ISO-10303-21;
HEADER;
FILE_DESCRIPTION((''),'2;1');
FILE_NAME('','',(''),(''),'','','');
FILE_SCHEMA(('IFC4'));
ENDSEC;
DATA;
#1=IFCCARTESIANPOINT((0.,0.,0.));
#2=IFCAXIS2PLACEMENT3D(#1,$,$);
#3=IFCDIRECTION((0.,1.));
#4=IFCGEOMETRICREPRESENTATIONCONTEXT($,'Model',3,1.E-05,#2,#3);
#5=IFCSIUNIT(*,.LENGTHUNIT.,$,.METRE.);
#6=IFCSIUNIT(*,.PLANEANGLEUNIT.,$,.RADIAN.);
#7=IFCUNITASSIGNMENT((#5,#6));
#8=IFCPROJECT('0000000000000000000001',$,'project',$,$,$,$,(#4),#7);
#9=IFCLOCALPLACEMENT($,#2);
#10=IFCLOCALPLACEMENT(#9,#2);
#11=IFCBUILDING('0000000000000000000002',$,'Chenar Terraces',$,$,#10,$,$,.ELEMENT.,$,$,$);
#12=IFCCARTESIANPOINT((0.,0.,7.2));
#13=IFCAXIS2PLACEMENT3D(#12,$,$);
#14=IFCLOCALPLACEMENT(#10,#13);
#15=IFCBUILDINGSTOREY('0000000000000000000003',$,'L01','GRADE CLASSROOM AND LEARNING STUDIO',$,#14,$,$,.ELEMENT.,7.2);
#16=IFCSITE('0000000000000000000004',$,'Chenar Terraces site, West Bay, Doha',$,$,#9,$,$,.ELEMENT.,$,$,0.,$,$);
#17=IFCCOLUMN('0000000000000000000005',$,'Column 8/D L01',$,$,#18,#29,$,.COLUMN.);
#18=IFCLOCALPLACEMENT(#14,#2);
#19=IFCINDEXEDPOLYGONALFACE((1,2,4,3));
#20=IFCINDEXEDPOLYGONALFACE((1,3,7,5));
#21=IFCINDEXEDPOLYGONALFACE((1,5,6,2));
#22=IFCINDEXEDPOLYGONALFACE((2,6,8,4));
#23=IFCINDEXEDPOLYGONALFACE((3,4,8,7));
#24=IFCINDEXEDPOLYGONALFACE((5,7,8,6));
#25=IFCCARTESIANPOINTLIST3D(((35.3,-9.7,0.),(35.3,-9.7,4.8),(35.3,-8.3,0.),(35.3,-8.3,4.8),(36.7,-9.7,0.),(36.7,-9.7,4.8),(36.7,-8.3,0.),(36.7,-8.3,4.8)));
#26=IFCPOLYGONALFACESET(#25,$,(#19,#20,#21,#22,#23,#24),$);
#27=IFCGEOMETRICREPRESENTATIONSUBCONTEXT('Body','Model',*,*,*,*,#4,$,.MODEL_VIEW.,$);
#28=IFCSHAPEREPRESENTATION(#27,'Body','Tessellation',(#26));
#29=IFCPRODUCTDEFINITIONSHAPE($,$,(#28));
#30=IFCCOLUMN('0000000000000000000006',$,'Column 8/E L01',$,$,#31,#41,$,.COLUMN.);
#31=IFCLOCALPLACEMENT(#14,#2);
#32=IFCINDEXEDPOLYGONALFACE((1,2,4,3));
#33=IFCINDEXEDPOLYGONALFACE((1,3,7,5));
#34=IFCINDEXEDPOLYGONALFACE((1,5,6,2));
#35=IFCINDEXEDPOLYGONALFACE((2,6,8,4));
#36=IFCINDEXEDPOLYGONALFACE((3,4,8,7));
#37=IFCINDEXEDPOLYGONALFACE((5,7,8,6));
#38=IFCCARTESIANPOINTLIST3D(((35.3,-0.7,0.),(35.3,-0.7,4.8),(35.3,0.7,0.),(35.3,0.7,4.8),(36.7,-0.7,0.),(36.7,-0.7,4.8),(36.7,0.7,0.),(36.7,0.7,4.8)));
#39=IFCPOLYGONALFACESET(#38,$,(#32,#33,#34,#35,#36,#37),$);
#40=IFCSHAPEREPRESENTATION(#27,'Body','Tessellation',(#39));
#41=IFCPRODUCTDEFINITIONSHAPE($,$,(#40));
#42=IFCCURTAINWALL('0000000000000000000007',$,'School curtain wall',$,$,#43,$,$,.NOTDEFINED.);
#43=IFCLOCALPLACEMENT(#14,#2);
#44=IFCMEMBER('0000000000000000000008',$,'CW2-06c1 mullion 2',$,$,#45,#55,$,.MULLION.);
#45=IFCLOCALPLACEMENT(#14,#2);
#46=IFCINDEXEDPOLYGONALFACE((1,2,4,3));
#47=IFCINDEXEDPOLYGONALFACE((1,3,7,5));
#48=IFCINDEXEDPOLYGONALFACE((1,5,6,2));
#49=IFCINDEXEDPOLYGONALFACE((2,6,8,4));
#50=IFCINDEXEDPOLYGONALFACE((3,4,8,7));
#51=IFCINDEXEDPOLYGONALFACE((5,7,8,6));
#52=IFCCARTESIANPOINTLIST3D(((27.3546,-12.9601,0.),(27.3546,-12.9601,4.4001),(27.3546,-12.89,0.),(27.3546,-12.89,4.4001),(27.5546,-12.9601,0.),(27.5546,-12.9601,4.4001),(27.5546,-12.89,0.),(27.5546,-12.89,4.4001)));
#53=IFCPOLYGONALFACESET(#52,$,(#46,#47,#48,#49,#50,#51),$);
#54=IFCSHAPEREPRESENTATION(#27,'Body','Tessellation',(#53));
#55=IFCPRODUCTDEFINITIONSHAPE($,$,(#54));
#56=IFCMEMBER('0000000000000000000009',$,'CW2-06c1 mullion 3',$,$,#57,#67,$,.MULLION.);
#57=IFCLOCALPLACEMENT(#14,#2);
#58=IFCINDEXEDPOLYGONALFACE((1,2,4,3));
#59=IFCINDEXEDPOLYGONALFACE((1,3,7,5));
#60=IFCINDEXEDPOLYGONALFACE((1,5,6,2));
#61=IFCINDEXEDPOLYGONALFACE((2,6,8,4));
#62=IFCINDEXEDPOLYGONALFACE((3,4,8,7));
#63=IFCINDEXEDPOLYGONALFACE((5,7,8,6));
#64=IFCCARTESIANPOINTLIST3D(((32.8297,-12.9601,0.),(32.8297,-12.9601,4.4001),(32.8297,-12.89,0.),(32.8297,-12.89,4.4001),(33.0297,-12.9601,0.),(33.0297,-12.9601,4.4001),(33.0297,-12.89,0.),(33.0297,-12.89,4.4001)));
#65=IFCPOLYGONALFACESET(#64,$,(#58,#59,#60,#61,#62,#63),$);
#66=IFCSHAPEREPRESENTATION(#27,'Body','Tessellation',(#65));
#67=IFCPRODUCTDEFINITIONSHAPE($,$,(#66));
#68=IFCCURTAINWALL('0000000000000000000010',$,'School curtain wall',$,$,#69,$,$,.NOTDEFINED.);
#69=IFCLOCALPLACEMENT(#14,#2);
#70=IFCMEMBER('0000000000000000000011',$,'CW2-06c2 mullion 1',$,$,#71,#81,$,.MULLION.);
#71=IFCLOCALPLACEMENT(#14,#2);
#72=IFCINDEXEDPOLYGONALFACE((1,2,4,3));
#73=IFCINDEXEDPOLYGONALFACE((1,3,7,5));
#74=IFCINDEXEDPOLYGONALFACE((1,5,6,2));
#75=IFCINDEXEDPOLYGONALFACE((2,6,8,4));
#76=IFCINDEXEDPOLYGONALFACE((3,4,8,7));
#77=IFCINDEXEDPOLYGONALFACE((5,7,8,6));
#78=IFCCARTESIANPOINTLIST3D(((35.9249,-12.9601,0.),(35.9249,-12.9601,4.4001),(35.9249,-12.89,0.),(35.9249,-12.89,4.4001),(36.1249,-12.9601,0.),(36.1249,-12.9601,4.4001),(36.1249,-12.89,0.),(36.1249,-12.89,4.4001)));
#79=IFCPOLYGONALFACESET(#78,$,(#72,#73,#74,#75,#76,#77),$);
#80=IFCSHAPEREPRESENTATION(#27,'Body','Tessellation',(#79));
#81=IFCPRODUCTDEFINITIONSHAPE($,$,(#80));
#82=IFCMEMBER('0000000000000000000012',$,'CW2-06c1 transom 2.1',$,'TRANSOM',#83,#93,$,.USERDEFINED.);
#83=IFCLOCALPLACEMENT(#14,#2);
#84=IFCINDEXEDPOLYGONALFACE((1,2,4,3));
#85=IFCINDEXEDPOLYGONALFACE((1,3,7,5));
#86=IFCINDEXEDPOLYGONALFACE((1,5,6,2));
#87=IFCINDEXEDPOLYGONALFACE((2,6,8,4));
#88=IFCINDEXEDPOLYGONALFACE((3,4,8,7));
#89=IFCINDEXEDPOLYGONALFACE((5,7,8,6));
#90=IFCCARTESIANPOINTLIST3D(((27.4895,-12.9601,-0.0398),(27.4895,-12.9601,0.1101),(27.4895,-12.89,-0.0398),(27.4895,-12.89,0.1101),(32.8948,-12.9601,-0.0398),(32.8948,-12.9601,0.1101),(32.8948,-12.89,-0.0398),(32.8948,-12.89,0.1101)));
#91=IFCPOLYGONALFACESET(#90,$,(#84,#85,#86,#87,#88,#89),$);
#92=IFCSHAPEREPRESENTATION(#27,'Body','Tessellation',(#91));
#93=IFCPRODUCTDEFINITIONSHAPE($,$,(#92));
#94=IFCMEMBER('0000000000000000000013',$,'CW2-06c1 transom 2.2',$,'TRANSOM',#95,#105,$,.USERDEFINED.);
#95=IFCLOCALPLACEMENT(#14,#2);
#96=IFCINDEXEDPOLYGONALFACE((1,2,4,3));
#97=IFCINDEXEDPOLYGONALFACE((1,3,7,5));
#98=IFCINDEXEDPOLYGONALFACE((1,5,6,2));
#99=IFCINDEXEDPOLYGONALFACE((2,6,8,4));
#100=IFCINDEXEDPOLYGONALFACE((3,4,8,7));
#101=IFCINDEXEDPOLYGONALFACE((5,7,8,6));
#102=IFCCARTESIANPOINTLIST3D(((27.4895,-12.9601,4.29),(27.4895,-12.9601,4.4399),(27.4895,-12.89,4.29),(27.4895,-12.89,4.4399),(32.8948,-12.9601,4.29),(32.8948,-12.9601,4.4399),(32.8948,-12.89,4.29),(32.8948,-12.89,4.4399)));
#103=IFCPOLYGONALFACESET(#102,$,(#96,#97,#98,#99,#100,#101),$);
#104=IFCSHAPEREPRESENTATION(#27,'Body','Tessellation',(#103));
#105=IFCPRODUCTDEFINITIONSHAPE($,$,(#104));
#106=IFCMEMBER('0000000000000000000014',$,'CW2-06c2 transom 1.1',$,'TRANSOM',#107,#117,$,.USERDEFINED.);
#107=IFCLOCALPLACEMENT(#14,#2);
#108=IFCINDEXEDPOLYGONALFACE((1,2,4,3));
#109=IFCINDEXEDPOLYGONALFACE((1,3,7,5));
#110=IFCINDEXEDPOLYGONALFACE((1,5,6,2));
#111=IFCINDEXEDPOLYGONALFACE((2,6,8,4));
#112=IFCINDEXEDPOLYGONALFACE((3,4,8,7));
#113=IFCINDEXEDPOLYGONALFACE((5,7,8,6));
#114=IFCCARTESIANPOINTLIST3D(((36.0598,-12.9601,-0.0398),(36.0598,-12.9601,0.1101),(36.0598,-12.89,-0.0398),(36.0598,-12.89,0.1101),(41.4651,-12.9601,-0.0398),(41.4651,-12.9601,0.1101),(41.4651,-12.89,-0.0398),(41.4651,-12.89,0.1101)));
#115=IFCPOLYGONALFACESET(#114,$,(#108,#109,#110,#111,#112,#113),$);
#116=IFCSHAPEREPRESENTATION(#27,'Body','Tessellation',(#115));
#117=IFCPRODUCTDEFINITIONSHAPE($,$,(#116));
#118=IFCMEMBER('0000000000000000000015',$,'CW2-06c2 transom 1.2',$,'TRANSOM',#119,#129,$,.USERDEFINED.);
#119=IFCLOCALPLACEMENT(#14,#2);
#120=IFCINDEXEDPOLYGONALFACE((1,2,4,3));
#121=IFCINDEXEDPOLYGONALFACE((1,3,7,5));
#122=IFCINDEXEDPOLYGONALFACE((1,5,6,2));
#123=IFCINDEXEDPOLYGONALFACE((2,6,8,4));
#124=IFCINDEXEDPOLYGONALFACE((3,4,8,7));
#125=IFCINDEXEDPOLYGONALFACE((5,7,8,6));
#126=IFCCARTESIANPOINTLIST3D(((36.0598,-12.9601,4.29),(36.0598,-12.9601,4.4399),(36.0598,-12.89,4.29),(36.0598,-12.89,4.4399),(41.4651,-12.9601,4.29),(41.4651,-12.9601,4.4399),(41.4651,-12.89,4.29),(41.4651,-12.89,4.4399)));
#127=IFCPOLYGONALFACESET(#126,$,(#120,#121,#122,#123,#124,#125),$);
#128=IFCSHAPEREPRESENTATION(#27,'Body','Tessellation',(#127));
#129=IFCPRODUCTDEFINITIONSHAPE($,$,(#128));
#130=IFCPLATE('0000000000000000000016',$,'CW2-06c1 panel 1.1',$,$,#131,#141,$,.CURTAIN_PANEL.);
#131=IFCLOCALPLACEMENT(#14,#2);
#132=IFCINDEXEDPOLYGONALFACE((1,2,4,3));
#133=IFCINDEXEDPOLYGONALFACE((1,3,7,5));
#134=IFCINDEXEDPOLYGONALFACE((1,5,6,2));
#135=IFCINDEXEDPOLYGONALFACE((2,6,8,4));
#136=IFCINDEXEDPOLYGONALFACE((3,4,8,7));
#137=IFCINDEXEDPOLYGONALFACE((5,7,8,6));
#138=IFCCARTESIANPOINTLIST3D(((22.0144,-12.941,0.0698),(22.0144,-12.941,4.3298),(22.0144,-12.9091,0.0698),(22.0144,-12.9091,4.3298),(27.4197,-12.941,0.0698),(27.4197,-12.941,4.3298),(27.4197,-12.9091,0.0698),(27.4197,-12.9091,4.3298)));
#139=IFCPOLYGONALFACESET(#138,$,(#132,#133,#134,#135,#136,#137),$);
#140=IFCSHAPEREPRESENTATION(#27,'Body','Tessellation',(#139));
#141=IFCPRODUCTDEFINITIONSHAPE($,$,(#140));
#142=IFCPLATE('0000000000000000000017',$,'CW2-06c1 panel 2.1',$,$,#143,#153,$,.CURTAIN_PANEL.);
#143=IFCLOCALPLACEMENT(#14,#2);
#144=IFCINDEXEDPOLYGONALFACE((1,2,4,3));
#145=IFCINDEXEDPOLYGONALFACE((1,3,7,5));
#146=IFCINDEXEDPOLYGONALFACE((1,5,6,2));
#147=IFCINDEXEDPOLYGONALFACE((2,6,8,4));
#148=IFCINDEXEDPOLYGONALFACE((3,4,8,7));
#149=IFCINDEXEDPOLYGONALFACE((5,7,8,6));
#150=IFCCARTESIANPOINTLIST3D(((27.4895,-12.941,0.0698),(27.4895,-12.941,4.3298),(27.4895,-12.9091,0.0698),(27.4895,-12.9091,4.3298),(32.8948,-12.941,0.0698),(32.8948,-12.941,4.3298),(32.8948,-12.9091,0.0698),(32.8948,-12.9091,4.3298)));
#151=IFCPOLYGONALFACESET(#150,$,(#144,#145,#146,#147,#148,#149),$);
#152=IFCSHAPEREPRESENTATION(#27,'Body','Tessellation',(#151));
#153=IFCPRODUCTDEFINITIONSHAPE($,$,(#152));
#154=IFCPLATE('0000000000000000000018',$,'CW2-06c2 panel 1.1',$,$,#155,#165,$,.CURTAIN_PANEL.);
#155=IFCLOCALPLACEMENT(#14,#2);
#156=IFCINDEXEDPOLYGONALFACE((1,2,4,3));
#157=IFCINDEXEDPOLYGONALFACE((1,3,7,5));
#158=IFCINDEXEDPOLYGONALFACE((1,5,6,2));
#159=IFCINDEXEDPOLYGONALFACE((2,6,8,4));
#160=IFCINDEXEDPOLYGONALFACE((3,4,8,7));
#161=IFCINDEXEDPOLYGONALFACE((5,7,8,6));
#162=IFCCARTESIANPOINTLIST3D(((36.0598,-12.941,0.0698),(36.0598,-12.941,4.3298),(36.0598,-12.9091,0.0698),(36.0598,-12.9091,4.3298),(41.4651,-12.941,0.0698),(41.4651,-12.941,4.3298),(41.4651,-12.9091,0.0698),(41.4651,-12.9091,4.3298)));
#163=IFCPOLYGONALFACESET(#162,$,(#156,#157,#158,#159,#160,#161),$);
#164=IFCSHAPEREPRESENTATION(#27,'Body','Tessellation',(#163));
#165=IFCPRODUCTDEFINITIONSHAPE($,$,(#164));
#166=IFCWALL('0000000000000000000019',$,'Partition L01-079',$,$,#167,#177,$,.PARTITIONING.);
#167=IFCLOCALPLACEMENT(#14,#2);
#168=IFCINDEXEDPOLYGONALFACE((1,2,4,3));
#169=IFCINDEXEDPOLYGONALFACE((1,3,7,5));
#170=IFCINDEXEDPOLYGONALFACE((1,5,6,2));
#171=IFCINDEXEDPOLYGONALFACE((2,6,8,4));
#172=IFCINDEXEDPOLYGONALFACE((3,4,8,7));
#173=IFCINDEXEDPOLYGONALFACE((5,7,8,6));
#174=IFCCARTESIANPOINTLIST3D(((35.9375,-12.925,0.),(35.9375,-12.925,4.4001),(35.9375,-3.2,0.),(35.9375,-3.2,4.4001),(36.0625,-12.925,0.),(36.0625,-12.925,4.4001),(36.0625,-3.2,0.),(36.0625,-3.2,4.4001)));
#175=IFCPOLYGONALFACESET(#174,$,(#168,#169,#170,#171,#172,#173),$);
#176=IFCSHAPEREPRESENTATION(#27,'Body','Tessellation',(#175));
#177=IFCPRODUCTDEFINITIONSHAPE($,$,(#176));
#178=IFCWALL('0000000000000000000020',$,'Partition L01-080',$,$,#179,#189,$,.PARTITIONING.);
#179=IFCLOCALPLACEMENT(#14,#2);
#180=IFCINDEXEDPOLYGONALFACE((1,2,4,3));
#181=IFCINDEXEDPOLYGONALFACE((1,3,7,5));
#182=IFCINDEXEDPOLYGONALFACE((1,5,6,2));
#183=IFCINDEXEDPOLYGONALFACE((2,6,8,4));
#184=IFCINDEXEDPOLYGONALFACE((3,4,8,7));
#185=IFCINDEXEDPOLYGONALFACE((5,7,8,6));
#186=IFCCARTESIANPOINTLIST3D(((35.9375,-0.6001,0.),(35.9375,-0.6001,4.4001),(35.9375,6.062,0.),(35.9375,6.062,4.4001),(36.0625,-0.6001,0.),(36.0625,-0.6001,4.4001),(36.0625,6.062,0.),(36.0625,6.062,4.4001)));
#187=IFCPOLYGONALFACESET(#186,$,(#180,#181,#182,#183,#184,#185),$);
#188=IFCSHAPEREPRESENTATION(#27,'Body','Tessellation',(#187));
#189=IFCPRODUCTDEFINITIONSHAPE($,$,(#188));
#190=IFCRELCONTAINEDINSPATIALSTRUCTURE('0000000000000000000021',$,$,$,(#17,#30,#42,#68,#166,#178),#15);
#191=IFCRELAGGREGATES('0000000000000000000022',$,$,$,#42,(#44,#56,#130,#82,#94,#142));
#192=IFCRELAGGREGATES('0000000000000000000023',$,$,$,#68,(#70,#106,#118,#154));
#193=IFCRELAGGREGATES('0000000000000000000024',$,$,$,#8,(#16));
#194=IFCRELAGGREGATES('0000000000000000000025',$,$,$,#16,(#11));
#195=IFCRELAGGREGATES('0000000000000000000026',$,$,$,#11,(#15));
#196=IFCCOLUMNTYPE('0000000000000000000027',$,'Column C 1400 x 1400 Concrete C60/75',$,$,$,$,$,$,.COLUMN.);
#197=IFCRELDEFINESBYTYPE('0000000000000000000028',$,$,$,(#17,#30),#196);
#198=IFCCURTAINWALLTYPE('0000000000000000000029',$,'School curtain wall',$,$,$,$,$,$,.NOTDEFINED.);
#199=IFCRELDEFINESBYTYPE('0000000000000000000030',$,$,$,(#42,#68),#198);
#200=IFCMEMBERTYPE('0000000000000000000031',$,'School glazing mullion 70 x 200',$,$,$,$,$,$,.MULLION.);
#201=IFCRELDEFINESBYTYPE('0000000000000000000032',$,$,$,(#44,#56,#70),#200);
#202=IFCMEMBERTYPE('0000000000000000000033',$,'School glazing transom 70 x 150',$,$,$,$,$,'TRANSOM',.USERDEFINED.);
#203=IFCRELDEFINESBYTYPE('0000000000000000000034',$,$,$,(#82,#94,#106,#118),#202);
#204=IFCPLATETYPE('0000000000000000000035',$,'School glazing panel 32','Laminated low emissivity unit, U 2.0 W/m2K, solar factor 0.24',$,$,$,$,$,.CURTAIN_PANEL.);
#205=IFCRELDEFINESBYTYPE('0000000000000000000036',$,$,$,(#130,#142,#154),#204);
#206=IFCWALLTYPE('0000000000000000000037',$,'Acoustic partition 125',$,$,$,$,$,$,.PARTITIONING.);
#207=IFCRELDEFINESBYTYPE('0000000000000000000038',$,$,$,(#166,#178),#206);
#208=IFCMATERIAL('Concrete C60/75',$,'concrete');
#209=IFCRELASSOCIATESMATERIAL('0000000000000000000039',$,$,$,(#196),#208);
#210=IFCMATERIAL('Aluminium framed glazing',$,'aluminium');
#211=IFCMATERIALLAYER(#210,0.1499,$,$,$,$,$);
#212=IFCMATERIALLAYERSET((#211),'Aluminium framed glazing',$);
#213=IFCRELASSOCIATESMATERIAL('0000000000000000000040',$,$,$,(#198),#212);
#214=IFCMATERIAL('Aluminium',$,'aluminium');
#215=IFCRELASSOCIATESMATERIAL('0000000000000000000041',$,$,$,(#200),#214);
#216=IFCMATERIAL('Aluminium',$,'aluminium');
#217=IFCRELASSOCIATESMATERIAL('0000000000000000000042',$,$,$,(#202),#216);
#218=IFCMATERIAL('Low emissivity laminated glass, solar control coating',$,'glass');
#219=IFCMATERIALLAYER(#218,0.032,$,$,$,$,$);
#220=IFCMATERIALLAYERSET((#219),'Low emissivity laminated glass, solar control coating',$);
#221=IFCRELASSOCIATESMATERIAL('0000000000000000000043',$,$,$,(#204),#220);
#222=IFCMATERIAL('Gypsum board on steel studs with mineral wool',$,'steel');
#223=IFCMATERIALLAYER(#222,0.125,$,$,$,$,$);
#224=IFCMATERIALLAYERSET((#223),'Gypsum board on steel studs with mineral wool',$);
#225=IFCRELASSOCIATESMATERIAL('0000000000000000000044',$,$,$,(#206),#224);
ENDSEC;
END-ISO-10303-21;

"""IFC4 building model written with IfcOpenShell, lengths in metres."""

from ifc_helpers import new_model, si_unit, direction, frame, frame_2d, origin, origin_2d, place, context, subcontext, project, spatial, rectangle, extrude, material, layer, layer_set, material_profile, profile_set, type_object, element, aggregate, save


model = new_model("IFC4")

# Units and contexts
model_context = context("Model", 3, precision=1e-05, world=origin(), true_north=direction((0.0, 1.0)))
body_context = subcontext(model_context, "Body", "Model", "MODEL_VIEW")
ifc_project = project(units=[si_unit("LENGTHUNIT", "METRE"), si_unit("PLANEANGLEUNIT", "RADIAN")], contexts=[model_context])

# Site, building, storey
site_placement = place(None, origin())
site = spatial("IfcSite", under=ifc_project, at=site_placement, Name="Chenar Terraces site, West Bay, Doha", CompositionType="ELEMENT", RefElevation=0.0)
building_placement = place(site_placement, origin())
building = spatial("IfcBuilding", under=site, at=building_placement, Name="Chenar Terraces", CompositionType="ELEMENT")
storey_placement = place(building_placement, frame((0.0, 0.0, 7.2)))
storey = spatial("IfcBuildingStorey", under=building, at=storey_placement, Name="L01", Description="GRADE CLASSROOM AND LEARNING STUDIO", CompositionType="ELEMENT", Elevation=7.2)

# Columns
ifc_material_1 = material(Name="Concrete C60/75", Category="concrete")
ifc_material_profile_1 = material_profile(ifc_material_1, rectangle(XDim=1.3999, YDim=1.3999, at=origin_2d()), Name="C 1400 x 1400")
ifc_profile_set_1 = profile_set([ifc_material_profile_1], Name="Concrete C60/75")
column_type = type_object("IfcColumnType", Name="Column C 1400 x 1400 Concrete C60/75", PredefinedType="COLUMN", material=ifc_profile_set_1)
for number, where, z_axis, x_axis, name in (
    (1, (36.0, -9.0, 0.0), (0.0, 0.0, 1.0), (1.0, 0.0, 0.0), "Column 8/D L01"),
    (2, (36.0, 0.0, 0.0), (0.0, 0.0, 1.0), (1.0, 0.0, 0.0), "Column 8/E L01"),
):
    element("IfcColumn", number, at=place(storey_placement, frame(where, z_axis=z_axis, x_axis=x_axis)), inside=storey, type_object=column_type, Name=name, PredefinedType="COLUMN", context=body_context, shape_type="SweptSolid", body=[
        extrude(rectangle(XDim=1.3999, YDim=1.3999, at=origin_2d()), origin(), (0.0, 0.0, 1.0), 4.8),
    ])

# Curtain wall, members
ifc_material_2 = material(Name="Aluminium framed glazing", Category="aluminium")
ifc_layer_1 = layer(ifc_material_2, 0.1499)
ifc_layer_set_1 = layer_set([ifc_layer_1], Name="Aluminium framed glazing")
curtain_wall_type = type_object("IfcCurtainWallType", Name="School curtain wall", PredefinedType="NOTDEFINED", material=ifc_layer_set_1)
placement = place(storey_placement, origin())
curtain_wall_1 = element("IfcCurtainWall", 3, at=placement, inside=storey, type_object=curtain_wall_type, Name="School curtain wall", PredefinedType="NOTDEFINED")
ifc_material_3 = material(Name="Aluminium", Category="aluminium")
ifc_material_profile_2 = material_profile(ifc_material_3, rectangle(XDim=0.0701, YDim=0.2, at=origin_2d()), Name="School glazing mullion 70 x 200")
ifc_profile_set_2 = profile_set([ifc_material_profile_2], Name="Aluminium")
member_type_1 = type_object("IfcMemberType", Name="School glazing mullion 70 x 200", PredefinedType="MULLION", material=ifc_profile_set_2)
member_1_placement = place(storey_placement, frame((27.4546, -12.925, 0.0), z_axis=(0.0, 0.0, 1.0), x_axis=(0.0, 1.0, 0.0)))
member_1 = element("IfcMember", 4, at=member_1_placement, type_object=member_type_1, Name="CW2-06c1 mullion 2", PredefinedType="MULLION", context=body_context, shape_type="SweptSolid", body=[
    extrude(rectangle(XDim=0.0701, YDim=0.2, at=origin_2d()), origin(), (0.0, 0.0, 1.0), 4.4001),
])
member_2_placement = place(storey_placement, frame((32.9297, -12.925, 0.0), z_axis=(0.0, 0.0, 1.0), x_axis=(0.0, 1.0, 0.0)))
member_2 = element("IfcMember", 5, at=member_2_placement, type_object=member_type_1, Name="CW2-06c1 mullion 3", PredefinedType="MULLION", context=body_context, shape_type="SweptSolid", body=[
    extrude(rectangle(XDim=0.0701, YDim=0.2, at=origin_2d()), origin(), (0.0, 0.0, 1.0), 4.4001),
])

# Curtain wall, member
curtain_wall_2 = element("IfcCurtainWall", 6, at=placement, inside=storey, type_object=curtain_wall_type, Name="School curtain wall", PredefinedType="NOTDEFINED")
member_3_placement = place(storey_placement, frame((36.0249, -12.925, 0.0), z_axis=(0.0, 0.0, 1.0), x_axis=(0.0, 1.0, 0.0)))
member_3 = element("IfcMember", 7, at=member_3_placement, type_object=member_type_1, Name="CW2-06c2 mullion 1", PredefinedType="MULLION", context=body_context, shape_type="SweptSolid", body=[
    extrude(rectangle(XDim=0.0701, YDim=0.2, at=origin_2d()), origin(), (0.0, 0.0, 1.0), 4.4001),
])

# Members
ifc_material_4 = material(Name="Aluminium", Category="aluminium")
ifc_material_profile_3 = material_profile(ifc_material_4, rectangle(XDim=0.0701, YDim=0.1499, at=origin_2d()), Name="School glazing transom 70 x 150")
ifc_profile_set_3 = profile_set([ifc_material_profile_3], Name="Aluminium")
member_type_2 = type_object("IfcMemberType", Name="School glazing transom 70 x 150", ElementType="TRANSOM", PredefinedType="USERDEFINED", material=ifc_profile_set_3)
member_4_placement = place(storey_placement, frame((27.4895, -12.925, 0.0352), z_axis=(1.0, 0.0, 0.0), x_axis=(0.0, 1.0, 0.0)))
member_4 = element("IfcMember", 8, at=member_4_placement, type_object=member_type_2, Name="CW2-06c1 transom 2.1", ObjectType="TRANSOM", PredefinedType="USERDEFINED", context=body_context, shape_type="SweptSolid", body=[
    extrude(rectangle(XDim=0.0701, YDim=0.1499, at=origin_2d()), origin(), (0.0, 0.0, 1.0), 5.4053),
])
member_5_placement = place(storey_placement, frame((27.4895, -12.925, 4.365), z_axis=(1.0, 0.0, 0.0), x_axis=(0.0, 1.0, 0.0)))
member_5 = element("IfcMember", 9, at=member_5_placement, type_object=member_type_2, Name="CW2-06c1 transom 2.2", ObjectType="TRANSOM", PredefinedType="USERDEFINED", context=body_context, shape_type="SweptSolid", body=[
    extrude(rectangle(XDim=0.0701, YDim=0.1499, at=origin_2d()), origin(), (0.0, 0.0, 1.0), 5.4053),
])
member_6_placement = place(storey_placement, frame((36.0598, -12.925, 0.0352), z_axis=(1.0, 0.0, 0.0), x_axis=(0.0, 1.0, 0.0)))
member_6 = element("IfcMember", 10, at=member_6_placement, type_object=member_type_2, Name="CW2-06c2 transom 1.1", ObjectType="TRANSOM", PredefinedType="USERDEFINED", context=body_context, shape_type="SweptSolid", body=[
    extrude(rectangle(XDim=0.0701, YDim=0.1499, at=origin_2d()), origin(), (0.0, 0.0, 1.0), 5.4053),
])
member_7_placement = place(storey_placement, frame((36.0598, -12.925, 4.365), z_axis=(1.0, 0.0, 0.0), x_axis=(0.0, 1.0, 0.0)))
member_7 = element("IfcMember", 11, at=member_7_placement, type_object=member_type_2, Name="CW2-06c2 transom 1.2", ObjectType="TRANSOM", PredefinedType="USERDEFINED", context=body_context, shape_type="SweptSolid", body=[
    extrude(rectangle(XDim=0.0701, YDim=0.1499, at=origin_2d()), origin(), (0.0, 0.0, 1.0), 5.4053),
])

# Plates
ifc_material_5 = material(Name="Low emissivity laminated glass, solar control coating", Category="glass")
ifc_layer_2 = layer(ifc_material_5, 0.032)
ifc_layer_set_2 = layer_set([ifc_layer_2], Name="Low emissivity laminated glass, solar control coating")
plate_type = type_object("IfcPlateType", Name="School glazing panel 32", Description="Laminated low emissivity unit, U 2.0 W/m2K, solar factor 0.24", PredefinedType="CURTAIN_PANEL", material=ifc_layer_set_2)
plate_1_placement = place(storey_placement, frame((24.717, -12.925, 0.0698), z_axis=(0.0, 0.0, 1.0), x_axis=(1.0, 0.0, 0.0)))
plate_1 = element("IfcPlate", 12, at=plate_1_placement, type_object=plate_type, Name="CW2-06c1 panel 1.1", PredefinedType="CURTAIN_PANEL", context=body_context, shape_type="SweptSolid", body=[
    extrude(rectangle(XDim=5.4053, YDim=0.032, at=origin_2d()), origin(), (0.0, 0.0, 1.0), 4.26),
])
plate_2_placement = place(storey_placement, frame((30.1921, -12.925, 0.0698), z_axis=(0.0, 0.0, 1.0), x_axis=(1.0, 0.0, 0.0)))
plate_2 = element("IfcPlate", 13, at=plate_2_placement, type_object=plate_type, Name="CW2-06c1 panel 2.1", PredefinedType="CURTAIN_PANEL", context=body_context, shape_type="SweptSolid", body=[
    extrude(rectangle(XDim=5.4053, YDim=0.032, at=origin_2d()), origin(), (0.0, 0.0, 1.0), 4.26),
])
aggregate(curtain_wall_1, [member_1, member_2, plate_1, member_4, member_5, plate_2])
plate_3_placement = place(storey_placement, frame((38.7625, -12.925, 0.0698), z_axis=(0.0, 0.0, 1.0), x_axis=(1.0, 0.0, 0.0)))
plate_3 = element("IfcPlate", 14, at=plate_3_placement, type_object=plate_type, Name="CW2-06c2 panel 1.1", PredefinedType="CURTAIN_PANEL", context=body_context, shape_type="SweptSolid", body=[
    extrude(rectangle(XDim=5.4053, YDim=0.032, at=origin_2d()), origin(), (0.0, 0.0, 1.0), 4.26),
])
aggregate(curtain_wall_2, [member_3, member_6, member_7, plate_3])

# Walls
ifc_material_6 = material(Name="Gypsum board on steel studs with mineral wool", Category="steel")
ifc_layer_3 = layer(ifc_material_6, 0.125)
ifc_layer_set_3 = layer_set([ifc_layer_3], Name="Gypsum board on steel studs with mineral wool")
wall_type_1 = type_object("IfcWallType", Name="Acoustic partition 125", PredefinedType="PARTITIONING", material=ifc_layer_set_3)
wall_1_placement = place(storey_placement, frame((36.0, -12.925, 0.0), z_axis=(0.0, 0.0, 1.0), x_axis=(0.0, 1.0, 0.0)))
element("IfcWall", 15, at=wall_1_placement, inside=storey, type_object=wall_type_1, Name="Partition L01-079", PredefinedType="PARTITIONING", context=body_context, shape_type="SweptSolid", body=[
    extrude(rectangle(XDim=9.7251, YDim=0.125, at=frame_2d((4.8625, 0.0))), origin(), (0.0, 0.0, 1.0), 4.4001),
])
wall_2_placement = place(storey_placement, frame((36.0, -0.6001, 0.0), z_axis=(0.0, 0.0, 1.0), x_axis=(0.0, 1.0, 0.0)))
element("IfcWall", 16, at=wall_2_placement, inside=storey, type_object=wall_type_1, Name="Partition L01-080", PredefinedType="PARTITIONING", context=body_context, shape_type="SweptSolid", body=[
    extrude(rectangle(XDim=6.6621, YDim=0.125, at=frame_2d((3.3311, 0.0))), origin(), (0.0, 0.0, 1.0), 4.4001),
])

save(model, "model.ifc")
